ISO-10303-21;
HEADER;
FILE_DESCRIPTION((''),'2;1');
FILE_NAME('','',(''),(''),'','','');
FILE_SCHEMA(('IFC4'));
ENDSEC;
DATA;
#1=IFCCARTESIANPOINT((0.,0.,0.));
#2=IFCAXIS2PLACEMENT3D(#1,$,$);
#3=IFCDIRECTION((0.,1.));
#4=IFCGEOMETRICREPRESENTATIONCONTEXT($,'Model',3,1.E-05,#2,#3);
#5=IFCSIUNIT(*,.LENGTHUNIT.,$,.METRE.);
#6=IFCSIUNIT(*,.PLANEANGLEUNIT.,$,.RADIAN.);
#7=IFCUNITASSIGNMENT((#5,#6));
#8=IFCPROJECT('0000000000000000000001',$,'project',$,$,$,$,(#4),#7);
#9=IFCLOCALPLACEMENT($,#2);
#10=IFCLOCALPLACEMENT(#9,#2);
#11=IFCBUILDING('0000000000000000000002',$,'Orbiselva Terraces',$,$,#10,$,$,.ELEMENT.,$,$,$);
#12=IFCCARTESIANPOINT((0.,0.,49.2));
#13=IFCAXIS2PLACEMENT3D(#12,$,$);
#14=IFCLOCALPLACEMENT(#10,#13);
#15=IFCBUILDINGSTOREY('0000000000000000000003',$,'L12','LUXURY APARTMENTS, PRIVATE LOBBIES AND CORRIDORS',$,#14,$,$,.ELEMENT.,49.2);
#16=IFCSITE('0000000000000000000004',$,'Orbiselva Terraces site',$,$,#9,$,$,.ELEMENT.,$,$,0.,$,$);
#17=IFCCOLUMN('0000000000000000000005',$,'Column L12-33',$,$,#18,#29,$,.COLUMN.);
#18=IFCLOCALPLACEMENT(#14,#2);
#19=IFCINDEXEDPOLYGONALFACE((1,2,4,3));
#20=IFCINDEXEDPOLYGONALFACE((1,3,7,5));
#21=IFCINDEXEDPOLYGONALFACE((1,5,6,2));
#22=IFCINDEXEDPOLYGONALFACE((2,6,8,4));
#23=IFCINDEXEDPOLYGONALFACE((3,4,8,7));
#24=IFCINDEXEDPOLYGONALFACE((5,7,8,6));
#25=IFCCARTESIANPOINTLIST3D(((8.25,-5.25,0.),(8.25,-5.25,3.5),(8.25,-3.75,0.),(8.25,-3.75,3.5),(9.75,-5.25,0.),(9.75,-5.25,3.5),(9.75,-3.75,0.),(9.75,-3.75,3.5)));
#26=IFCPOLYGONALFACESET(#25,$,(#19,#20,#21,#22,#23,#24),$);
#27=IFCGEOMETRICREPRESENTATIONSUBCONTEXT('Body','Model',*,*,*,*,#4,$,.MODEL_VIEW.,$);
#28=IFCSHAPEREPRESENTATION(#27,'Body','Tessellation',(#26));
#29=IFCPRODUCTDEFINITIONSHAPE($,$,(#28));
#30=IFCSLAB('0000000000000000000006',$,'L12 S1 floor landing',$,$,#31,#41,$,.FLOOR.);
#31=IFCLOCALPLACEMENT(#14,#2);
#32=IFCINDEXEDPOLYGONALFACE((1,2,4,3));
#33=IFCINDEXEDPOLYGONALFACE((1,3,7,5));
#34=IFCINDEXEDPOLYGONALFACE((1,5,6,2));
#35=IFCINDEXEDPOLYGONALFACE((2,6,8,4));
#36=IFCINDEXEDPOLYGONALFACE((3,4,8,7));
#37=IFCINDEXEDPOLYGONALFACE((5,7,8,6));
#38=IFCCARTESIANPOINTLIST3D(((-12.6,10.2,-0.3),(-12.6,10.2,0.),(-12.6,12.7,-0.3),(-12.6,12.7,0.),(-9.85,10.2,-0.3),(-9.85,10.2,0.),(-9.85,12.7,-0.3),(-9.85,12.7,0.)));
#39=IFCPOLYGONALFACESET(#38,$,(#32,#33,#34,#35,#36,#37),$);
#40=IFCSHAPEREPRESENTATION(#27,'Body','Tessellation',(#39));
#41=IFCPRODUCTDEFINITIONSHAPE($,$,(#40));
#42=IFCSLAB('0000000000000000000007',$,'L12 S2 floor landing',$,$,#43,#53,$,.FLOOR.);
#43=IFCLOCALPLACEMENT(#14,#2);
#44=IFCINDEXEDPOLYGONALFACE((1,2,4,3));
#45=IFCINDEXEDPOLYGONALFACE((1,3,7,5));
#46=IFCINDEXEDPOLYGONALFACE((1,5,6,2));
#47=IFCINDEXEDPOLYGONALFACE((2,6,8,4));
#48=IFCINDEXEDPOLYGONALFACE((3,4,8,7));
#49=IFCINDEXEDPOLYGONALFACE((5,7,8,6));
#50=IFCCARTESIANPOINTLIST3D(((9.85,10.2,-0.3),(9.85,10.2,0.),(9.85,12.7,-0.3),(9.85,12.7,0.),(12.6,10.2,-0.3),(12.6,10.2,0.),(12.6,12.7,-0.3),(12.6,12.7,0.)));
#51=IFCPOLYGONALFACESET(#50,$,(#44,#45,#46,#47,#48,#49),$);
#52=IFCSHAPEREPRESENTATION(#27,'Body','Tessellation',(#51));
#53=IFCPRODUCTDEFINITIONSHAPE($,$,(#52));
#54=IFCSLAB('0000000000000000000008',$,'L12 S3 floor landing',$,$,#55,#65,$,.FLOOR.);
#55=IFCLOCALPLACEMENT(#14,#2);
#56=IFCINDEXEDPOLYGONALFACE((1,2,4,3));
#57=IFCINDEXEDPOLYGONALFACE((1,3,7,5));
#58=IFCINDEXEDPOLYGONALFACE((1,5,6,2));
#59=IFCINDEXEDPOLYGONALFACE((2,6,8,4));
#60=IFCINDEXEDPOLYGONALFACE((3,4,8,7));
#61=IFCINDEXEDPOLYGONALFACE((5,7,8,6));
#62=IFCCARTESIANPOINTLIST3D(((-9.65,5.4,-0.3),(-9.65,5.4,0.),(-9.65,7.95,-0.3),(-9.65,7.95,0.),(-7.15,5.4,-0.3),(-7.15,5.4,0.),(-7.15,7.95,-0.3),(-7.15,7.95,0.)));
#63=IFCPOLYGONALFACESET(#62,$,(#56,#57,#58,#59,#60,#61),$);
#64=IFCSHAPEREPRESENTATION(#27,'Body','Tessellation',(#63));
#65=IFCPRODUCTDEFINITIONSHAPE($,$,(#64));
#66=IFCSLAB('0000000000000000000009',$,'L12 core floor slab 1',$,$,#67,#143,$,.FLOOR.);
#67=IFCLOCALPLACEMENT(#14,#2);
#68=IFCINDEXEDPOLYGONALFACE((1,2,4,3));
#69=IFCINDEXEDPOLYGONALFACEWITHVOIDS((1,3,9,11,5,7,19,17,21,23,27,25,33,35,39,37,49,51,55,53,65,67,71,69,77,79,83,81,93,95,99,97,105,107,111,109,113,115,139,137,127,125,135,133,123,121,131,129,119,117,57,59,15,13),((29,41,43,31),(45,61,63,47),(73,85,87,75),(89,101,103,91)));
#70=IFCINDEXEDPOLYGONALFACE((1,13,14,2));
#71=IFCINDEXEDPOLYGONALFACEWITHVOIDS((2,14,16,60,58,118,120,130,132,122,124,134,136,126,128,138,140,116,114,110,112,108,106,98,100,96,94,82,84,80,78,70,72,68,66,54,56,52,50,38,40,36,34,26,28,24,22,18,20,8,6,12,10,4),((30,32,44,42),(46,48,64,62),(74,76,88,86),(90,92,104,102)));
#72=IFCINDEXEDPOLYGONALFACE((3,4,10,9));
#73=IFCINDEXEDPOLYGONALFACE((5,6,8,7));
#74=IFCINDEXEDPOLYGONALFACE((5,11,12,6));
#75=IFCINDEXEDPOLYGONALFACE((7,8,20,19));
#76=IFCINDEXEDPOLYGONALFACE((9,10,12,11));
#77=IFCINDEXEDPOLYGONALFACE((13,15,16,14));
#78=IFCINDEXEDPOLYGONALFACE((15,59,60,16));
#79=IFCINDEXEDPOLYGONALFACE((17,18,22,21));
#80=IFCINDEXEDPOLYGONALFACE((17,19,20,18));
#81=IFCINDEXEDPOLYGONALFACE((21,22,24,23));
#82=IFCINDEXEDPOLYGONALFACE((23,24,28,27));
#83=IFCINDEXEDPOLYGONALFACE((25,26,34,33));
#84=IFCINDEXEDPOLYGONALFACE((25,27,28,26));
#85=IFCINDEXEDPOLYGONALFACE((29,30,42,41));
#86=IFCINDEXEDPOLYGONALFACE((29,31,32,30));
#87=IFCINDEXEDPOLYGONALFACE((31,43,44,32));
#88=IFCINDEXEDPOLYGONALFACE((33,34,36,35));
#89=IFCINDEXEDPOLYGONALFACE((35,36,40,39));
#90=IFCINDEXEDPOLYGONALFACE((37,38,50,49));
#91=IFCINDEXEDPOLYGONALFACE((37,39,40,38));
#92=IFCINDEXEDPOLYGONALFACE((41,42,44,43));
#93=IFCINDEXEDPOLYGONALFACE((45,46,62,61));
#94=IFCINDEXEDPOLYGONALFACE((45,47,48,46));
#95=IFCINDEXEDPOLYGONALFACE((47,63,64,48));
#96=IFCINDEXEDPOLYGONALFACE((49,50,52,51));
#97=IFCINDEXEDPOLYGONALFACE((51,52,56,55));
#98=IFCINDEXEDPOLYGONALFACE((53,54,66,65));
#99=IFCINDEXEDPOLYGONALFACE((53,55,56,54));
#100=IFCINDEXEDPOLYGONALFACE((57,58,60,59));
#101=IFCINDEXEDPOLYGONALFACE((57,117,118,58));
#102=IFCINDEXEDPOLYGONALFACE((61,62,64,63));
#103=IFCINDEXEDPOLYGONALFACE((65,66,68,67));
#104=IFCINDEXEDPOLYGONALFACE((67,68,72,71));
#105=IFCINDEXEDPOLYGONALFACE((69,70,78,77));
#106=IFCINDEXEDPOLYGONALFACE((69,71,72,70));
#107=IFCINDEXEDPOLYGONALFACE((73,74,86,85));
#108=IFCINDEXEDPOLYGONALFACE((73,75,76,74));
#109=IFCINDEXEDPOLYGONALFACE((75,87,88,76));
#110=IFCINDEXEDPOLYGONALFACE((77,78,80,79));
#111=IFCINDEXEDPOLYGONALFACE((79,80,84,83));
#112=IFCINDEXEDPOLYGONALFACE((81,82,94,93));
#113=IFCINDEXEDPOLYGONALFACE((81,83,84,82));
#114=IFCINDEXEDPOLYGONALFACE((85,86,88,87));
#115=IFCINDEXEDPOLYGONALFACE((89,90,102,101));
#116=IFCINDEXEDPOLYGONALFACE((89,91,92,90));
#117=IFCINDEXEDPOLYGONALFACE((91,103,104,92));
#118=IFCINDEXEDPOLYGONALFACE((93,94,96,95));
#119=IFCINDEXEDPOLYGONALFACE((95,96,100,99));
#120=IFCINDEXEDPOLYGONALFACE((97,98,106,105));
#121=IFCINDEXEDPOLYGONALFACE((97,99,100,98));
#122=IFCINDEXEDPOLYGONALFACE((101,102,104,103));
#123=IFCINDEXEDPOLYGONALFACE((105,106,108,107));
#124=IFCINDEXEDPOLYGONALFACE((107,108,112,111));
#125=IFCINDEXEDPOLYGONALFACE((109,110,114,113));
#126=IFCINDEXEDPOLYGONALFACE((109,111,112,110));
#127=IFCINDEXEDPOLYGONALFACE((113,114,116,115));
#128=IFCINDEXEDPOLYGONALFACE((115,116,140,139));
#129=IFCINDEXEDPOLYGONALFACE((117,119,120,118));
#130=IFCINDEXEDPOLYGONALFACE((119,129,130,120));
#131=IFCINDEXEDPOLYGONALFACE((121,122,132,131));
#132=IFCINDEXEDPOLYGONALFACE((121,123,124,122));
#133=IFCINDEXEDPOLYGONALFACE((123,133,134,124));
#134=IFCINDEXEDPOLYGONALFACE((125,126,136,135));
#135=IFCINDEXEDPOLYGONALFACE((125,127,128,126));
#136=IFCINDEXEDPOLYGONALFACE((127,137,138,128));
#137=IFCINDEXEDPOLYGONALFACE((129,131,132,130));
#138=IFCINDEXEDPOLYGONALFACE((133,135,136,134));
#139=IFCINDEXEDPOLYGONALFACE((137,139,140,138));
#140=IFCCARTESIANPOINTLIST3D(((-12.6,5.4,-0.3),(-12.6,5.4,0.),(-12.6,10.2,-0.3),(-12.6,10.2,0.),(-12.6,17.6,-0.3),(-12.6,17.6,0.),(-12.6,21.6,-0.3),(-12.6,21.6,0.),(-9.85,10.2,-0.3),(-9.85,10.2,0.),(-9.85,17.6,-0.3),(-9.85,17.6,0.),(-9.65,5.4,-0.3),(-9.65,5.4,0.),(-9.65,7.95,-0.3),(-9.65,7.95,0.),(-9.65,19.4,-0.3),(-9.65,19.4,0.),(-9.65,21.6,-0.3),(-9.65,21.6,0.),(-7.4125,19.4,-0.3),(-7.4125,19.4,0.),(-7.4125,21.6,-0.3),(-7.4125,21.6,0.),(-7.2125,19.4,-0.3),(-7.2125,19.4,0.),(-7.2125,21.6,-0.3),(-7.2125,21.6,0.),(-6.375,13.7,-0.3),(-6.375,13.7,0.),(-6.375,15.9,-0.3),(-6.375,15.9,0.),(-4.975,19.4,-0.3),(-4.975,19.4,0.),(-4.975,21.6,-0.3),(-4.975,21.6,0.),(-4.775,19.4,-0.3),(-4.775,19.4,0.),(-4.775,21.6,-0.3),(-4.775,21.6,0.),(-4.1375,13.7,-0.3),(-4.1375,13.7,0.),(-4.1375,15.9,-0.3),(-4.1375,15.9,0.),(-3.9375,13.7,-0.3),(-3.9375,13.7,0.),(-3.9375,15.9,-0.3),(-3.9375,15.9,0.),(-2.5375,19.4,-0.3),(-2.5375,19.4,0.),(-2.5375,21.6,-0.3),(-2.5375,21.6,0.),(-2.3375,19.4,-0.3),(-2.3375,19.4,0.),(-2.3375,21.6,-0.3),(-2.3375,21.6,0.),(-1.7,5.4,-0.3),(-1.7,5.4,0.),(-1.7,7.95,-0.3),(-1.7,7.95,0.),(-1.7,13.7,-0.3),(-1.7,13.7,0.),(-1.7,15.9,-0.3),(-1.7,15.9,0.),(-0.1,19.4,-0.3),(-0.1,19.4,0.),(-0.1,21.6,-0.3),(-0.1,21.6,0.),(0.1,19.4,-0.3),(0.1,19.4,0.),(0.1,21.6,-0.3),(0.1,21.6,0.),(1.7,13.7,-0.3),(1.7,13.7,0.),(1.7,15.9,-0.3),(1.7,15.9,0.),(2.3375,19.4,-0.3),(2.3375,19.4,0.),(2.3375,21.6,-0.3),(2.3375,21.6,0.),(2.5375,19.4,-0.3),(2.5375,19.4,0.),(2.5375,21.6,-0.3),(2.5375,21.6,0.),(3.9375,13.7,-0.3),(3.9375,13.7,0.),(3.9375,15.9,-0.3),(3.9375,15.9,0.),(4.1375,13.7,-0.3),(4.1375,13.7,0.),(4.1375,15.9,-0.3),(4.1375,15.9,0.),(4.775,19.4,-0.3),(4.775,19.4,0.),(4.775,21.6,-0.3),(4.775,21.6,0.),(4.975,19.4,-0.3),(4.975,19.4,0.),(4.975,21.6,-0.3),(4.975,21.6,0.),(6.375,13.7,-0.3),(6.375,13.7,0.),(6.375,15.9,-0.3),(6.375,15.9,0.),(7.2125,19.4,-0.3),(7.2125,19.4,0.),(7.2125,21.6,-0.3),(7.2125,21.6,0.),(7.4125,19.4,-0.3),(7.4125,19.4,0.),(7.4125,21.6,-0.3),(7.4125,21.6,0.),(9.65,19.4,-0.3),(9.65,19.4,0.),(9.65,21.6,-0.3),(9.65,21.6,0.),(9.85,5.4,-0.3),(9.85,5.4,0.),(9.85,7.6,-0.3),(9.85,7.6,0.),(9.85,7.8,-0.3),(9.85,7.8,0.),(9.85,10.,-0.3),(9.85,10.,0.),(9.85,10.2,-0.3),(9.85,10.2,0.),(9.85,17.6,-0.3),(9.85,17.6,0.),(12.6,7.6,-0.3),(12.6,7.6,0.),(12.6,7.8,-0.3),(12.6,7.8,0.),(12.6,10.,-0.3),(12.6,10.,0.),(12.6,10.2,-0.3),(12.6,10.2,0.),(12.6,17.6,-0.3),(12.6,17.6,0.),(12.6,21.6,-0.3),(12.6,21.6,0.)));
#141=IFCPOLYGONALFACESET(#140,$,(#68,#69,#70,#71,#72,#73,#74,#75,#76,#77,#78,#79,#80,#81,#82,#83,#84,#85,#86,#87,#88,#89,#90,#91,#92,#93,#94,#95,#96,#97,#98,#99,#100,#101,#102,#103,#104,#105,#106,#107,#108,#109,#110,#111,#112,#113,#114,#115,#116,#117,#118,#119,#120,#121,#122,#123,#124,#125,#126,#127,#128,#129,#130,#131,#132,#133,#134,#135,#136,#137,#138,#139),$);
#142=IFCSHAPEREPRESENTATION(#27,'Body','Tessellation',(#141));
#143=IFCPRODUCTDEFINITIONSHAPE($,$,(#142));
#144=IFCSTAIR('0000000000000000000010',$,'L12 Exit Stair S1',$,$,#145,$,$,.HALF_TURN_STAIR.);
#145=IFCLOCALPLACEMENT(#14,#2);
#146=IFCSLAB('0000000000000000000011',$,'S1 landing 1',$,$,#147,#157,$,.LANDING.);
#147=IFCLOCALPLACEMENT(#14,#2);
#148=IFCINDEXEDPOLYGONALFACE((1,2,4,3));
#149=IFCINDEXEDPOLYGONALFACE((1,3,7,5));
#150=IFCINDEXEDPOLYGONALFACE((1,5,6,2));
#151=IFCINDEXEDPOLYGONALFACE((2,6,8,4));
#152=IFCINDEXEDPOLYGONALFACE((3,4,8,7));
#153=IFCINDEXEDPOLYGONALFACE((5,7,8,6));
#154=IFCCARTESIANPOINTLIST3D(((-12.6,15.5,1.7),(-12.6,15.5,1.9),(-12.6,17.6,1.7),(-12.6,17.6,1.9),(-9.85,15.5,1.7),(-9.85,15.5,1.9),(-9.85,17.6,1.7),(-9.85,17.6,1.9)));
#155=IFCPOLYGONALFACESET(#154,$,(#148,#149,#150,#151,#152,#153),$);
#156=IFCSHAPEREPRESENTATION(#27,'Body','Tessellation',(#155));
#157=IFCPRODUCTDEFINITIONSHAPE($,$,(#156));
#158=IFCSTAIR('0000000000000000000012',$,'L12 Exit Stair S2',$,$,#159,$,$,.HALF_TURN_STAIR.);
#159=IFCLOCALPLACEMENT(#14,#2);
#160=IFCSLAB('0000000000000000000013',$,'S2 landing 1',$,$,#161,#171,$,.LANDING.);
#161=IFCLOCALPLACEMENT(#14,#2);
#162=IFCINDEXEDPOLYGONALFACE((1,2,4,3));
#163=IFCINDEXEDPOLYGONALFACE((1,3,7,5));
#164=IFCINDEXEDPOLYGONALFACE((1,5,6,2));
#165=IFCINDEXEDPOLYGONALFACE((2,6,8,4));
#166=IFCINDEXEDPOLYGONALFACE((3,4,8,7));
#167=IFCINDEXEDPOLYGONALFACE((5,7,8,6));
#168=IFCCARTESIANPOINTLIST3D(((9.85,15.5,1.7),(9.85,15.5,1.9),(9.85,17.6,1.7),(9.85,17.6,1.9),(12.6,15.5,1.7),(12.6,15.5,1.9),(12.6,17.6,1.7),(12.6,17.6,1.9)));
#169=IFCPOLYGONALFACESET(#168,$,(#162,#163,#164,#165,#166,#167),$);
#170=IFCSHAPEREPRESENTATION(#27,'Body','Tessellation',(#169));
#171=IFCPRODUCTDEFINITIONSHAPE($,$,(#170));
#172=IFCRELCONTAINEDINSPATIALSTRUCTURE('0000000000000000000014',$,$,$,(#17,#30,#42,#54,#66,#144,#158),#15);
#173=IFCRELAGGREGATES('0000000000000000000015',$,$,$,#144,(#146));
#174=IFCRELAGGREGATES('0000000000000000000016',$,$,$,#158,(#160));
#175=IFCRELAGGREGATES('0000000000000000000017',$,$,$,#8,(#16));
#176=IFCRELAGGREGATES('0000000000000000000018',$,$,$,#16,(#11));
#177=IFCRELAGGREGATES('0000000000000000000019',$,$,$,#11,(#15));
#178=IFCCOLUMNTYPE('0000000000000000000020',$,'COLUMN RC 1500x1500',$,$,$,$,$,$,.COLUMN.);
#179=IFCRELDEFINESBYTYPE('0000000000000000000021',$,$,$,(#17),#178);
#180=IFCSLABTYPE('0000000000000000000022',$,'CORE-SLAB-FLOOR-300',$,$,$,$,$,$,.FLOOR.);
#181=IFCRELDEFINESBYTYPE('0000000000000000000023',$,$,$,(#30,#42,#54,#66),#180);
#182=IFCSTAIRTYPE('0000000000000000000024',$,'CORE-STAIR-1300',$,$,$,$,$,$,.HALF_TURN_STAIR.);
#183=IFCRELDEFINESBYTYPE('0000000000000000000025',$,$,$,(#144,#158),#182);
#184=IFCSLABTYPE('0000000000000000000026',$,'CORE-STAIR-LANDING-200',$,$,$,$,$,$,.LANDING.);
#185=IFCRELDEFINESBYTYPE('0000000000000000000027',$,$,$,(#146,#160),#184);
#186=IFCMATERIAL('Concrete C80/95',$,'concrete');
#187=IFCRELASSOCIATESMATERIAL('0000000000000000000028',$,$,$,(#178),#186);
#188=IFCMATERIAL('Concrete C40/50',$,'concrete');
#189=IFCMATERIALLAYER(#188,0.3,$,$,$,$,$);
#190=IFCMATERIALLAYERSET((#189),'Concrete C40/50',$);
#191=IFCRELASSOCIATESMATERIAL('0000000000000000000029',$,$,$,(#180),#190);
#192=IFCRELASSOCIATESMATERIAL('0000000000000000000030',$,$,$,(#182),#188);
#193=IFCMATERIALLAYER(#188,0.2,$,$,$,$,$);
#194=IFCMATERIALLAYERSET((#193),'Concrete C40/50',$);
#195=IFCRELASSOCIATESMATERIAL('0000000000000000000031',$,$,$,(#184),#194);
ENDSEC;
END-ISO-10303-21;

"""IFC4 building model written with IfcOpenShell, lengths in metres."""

from ifc_helpers import new_model, si_unit, direction, frame, origin, origin_2d, place, context, subcontext, project, spatial, polyline, rectangle, outline, extrude, material, layer, layer_set, material_profile, profile_set, type_object, element, aggregate, save


model = new_model("IFC4")

# Units and contexts
model_context = context("Model", 3, precision=1e-05, world=origin(), true_north=direction((0.0, 1.0)))
body_context = subcontext(model_context, "Body", "Model", "MODEL_VIEW")
ifc_project = project(units=[si_unit("LENGTHUNIT", "METRE"), si_unit("PLANEANGLEUNIT", "RADIAN")], contexts=[model_context])

# Site, building, storey
site_placement = place(None, origin())
site = spatial("IfcSite", under=ifc_project, at=site_placement, Name="Orbiselva Terraces site", CompositionType="ELEMENT", RefElevation=0.0)
building_placement = place(site_placement, origin())
building = spatial("IfcBuilding", under=site, at=building_placement, Name="Orbiselva Terraces", CompositionType="ELEMENT")
storey_placement = place(building_placement, frame((0.0, 0.0, 49.2)))
storey = spatial("IfcBuildingStorey", under=building, at=storey_placement, Name="L12", Description="LUXURY APARTMENTS, PRIVATE LOBBIES AND CORRIDORS", CompositionType="ELEMENT", Elevation=49.2)

# Column
ifc_material_1 = material(Name="Concrete C80/95", Category="concrete")
ifc_material_profile = material_profile(ifc_material_1, rectangle(XDim=1.5, YDim=1.5, at=origin_2d()), Name="RC 1500x1500")
ifc_profile_set = profile_set([ifc_material_profile], Name="Concrete C80/95")
column_type = type_object("IfcColumnType", Name="COLUMN RC 1500x1500", PredefinedType="COLUMN", material=ifc_profile_set)
column_placement = place(storey_placement, frame((9.0, -4.5, 0.0), z_axis=(0.0, 0.0, 1.0), x_axis=(1.0, 0.0, 0.0)))
element("IfcColumn", 1, at=column_placement, inside=storey, type_object=column_type, Name="Column L12-33", PredefinedType="COLUMN", context=body_context, shape_type="SweptSolid", body=[
    extrude(rectangle(XDim=1.5, YDim=1.5, at=origin_2d()), origin(), (0.0, 0.0, 1.0), 3.5),
])

# Slabs
ifc_material_2 = material(Name="Concrete C40/50", Category="concrete")
ifc_layer_1 = layer(ifc_material_2, 0.3)
ifc_layer_set_1 = layer_set([ifc_layer_1], Name="Concrete C40/50")
slab_type_1 = type_object("IfcSlabType", Name="CORE-SLAB-FLOOR-300", PredefinedType="FLOOR", material=ifc_layer_set_1)
slab_1_placement = place(storey_placement, frame((0.0, 0.0, -0.3)))
element("IfcSlab", 2, at=slab_1_placement, inside=storey, type_object=slab_type_1, Name="L12 S1 floor landing", PredefinedType="FLOOR", context=body_context, shape_type="SweptSolid", body=[
    extrude(outline(polyline([(-12.6, 12.7), (-9.85, 12.7), (-9.85, 10.2), (-12.6, 10.2), (-12.6, 12.7)])), origin(), (0.0, 0.0, 1.0), 0.3),
])
slab_2_placement = place(storey_placement, frame((0.0, 0.0, -0.3)))
element("IfcSlab", 3, at=slab_2_placement, inside=storey, type_object=slab_type_1, Name="L12 S2 floor landing", PredefinedType="FLOOR", context=body_context, shape_type="SweptSolid", body=[
    extrude(outline(polyline([(12.6, 12.7), (12.6, 10.2), (9.85, 10.2), (9.85, 12.7), (12.6, 12.7)])), origin(), (0.0, 0.0, 1.0), 0.3),
])
slab_3_placement = place(storey_placement, frame((0.0, 0.0, -0.3)))
element("IfcSlab", 4, at=slab_3_placement, inside=storey, type_object=slab_type_1, Name="L12 S3 floor landing", PredefinedType="FLOOR", context=body_context, shape_type="SweptSolid", body=[
    extrude(outline(polyline([(-7.15, 5.4), (-9.65, 5.4), (-9.65, 7.95), (-7.15, 7.95), (-7.15, 5.4)])), origin(), (0.0, 0.0, 1.0), 0.3),
])
slab_4_placement = place(storey_placement, frame((0.0, 0.0, -0.3)))
element("IfcSlab", 5, at=slab_4_placement, inside=storey, type_object=slab_type_1, Name="L12 core floor slab 1", PredefinedType="FLOOR", context=body_context, shape_type="SweptSolid", body=[
    extrude(outline(polyline([(-1.7, 5.4), (-1.7, 7.95), (-9.65, 7.95), (-9.65, 5.4), (-12.6, 5.4), (-12.6, 10.2), (-9.85, 10.2), (-9.85, 17.6), (-12.6, 17.6), (-12.6, 21.6), (-9.65, 21.6), (-9.65, 19.4), (-7.4125, 19.4), (-7.4125, 21.6), (-7.2125, 21.6), (-7.2125, 19.4), (-4.975, 19.4), (-4.975, 21.6), (-4.775, 21.6), (-4.775, 19.4), (-2.5375, 19.4), (-2.5375, 21.6), (-2.3375, 21.6), (-2.3375, 19.4), (-0.1, 19.4), (-0.1, 21.6), (0.1, 21.6), (0.1, 19.4), (2.3375, 19.4), (2.3375, 21.6), (2.5375, 21.6), (2.5375, 19.4), (4.775, 19.4), (4.775, 21.6), (4.975, 21.6), (4.975, 19.4), (7.2125, 19.4), (7.2125, 21.6), (7.4125, 21.6), (7.4125, 19.4), (9.65, 19.4), (9.65, 21.6), (12.6, 21.6), (12.6, 17.6), (9.85, 17.6), (9.85, 10.2), (12.6, 10.2), (12.6, 10.0), (9.85, 10.0), (9.85, 7.8), (12.6, 7.8), (12.6, 7.6), (9.85, 7.6), (9.85, 5.4), (-1.7, 5.4)]), holes=[polyline([(-4.1375, 13.7), (-4.1375, 15.9), (-6.375, 15.9), (-6.375, 13.7), (-4.1375, 13.7)]), polyline([(-1.7, 13.7), (-1.7, 15.9), (-3.9375, 15.9), (-3.9375, 13.7), (-1.7, 13.7)]), polyline([(3.9375, 13.7), (3.9375, 15.9), (1.7, 15.9), (1.7, 13.7), (3.9375, 13.7)]), polyline([(6.375, 13.7), (6.375, 15.9), (4.1375, 15.9), (4.1375, 13.7), (6.375, 13.7)])]), origin(), (0.0, 0.0, 1.0), 0.3),
])

# Stairs, slabs
stair_type = type_object("IfcStairType", Name="CORE-STAIR-1300", PredefinedType="HALF_TURN_STAIR", material=ifc_material_2)
stair_1_placement = place(storey_placement, origin())
stair_1 = element("IfcStair", 6, at=stair_1_placement, inside=storey, type_object=stair_type, Name="L12 Exit Stair S1", PredefinedType="HALF_TURN_STAIR")
ifc_layer_2 = layer(ifc_material_2, 0.2)
ifc_layer_set_2 = layer_set([ifc_layer_2], Name="Concrete C40/50")
slab_type_2 = type_object("IfcSlabType", Name="CORE-STAIR-LANDING-200", PredefinedType="LANDING", material=ifc_layer_set_2)
slab_5_placement = place(storey_placement, frame((0.0, 0.0, 1.7)))
slab_5 = element("IfcSlab", 7, at=slab_5_placement, type_object=slab_type_2, Name="S1 landing 1", PredefinedType="LANDING", context=body_context, shape_type="SweptSolid", body=[
    extrude(outline(polyline([(-9.85, 15.5), (-9.85, 17.6), (-12.6, 17.6), (-12.6, 15.5), (-9.85, 15.5)])), origin(), (0.0, 0.0, 1.0), 0.2),
])
aggregate(stair_1, [slab_5])
stair_2_placement = place(storey_placement, origin())
stair_2 = element("IfcStair", 8, at=stair_2_placement, inside=storey, type_object=stair_type, Name="L12 Exit Stair S2", PredefinedType="HALF_TURN_STAIR")
slab_6_placement = place(storey_placement, frame((0.0, 0.0, 1.7)))
slab_6 = element("IfcSlab", 9, at=slab_6_placement, type_object=slab_type_2, Name="S2 landing 1", PredefinedType="LANDING", context=body_context, shape_type="SweptSolid", body=[
    extrude(outline(polyline([(12.6, 15.5), (12.6, 17.6), (9.85, 17.6), (9.85, 15.5), (12.6, 15.5)])), origin(), (0.0, 0.0, 1.0), 0.2),
])
aggregate(stair_2, [slab_6])

save(model, "model.ifc")
